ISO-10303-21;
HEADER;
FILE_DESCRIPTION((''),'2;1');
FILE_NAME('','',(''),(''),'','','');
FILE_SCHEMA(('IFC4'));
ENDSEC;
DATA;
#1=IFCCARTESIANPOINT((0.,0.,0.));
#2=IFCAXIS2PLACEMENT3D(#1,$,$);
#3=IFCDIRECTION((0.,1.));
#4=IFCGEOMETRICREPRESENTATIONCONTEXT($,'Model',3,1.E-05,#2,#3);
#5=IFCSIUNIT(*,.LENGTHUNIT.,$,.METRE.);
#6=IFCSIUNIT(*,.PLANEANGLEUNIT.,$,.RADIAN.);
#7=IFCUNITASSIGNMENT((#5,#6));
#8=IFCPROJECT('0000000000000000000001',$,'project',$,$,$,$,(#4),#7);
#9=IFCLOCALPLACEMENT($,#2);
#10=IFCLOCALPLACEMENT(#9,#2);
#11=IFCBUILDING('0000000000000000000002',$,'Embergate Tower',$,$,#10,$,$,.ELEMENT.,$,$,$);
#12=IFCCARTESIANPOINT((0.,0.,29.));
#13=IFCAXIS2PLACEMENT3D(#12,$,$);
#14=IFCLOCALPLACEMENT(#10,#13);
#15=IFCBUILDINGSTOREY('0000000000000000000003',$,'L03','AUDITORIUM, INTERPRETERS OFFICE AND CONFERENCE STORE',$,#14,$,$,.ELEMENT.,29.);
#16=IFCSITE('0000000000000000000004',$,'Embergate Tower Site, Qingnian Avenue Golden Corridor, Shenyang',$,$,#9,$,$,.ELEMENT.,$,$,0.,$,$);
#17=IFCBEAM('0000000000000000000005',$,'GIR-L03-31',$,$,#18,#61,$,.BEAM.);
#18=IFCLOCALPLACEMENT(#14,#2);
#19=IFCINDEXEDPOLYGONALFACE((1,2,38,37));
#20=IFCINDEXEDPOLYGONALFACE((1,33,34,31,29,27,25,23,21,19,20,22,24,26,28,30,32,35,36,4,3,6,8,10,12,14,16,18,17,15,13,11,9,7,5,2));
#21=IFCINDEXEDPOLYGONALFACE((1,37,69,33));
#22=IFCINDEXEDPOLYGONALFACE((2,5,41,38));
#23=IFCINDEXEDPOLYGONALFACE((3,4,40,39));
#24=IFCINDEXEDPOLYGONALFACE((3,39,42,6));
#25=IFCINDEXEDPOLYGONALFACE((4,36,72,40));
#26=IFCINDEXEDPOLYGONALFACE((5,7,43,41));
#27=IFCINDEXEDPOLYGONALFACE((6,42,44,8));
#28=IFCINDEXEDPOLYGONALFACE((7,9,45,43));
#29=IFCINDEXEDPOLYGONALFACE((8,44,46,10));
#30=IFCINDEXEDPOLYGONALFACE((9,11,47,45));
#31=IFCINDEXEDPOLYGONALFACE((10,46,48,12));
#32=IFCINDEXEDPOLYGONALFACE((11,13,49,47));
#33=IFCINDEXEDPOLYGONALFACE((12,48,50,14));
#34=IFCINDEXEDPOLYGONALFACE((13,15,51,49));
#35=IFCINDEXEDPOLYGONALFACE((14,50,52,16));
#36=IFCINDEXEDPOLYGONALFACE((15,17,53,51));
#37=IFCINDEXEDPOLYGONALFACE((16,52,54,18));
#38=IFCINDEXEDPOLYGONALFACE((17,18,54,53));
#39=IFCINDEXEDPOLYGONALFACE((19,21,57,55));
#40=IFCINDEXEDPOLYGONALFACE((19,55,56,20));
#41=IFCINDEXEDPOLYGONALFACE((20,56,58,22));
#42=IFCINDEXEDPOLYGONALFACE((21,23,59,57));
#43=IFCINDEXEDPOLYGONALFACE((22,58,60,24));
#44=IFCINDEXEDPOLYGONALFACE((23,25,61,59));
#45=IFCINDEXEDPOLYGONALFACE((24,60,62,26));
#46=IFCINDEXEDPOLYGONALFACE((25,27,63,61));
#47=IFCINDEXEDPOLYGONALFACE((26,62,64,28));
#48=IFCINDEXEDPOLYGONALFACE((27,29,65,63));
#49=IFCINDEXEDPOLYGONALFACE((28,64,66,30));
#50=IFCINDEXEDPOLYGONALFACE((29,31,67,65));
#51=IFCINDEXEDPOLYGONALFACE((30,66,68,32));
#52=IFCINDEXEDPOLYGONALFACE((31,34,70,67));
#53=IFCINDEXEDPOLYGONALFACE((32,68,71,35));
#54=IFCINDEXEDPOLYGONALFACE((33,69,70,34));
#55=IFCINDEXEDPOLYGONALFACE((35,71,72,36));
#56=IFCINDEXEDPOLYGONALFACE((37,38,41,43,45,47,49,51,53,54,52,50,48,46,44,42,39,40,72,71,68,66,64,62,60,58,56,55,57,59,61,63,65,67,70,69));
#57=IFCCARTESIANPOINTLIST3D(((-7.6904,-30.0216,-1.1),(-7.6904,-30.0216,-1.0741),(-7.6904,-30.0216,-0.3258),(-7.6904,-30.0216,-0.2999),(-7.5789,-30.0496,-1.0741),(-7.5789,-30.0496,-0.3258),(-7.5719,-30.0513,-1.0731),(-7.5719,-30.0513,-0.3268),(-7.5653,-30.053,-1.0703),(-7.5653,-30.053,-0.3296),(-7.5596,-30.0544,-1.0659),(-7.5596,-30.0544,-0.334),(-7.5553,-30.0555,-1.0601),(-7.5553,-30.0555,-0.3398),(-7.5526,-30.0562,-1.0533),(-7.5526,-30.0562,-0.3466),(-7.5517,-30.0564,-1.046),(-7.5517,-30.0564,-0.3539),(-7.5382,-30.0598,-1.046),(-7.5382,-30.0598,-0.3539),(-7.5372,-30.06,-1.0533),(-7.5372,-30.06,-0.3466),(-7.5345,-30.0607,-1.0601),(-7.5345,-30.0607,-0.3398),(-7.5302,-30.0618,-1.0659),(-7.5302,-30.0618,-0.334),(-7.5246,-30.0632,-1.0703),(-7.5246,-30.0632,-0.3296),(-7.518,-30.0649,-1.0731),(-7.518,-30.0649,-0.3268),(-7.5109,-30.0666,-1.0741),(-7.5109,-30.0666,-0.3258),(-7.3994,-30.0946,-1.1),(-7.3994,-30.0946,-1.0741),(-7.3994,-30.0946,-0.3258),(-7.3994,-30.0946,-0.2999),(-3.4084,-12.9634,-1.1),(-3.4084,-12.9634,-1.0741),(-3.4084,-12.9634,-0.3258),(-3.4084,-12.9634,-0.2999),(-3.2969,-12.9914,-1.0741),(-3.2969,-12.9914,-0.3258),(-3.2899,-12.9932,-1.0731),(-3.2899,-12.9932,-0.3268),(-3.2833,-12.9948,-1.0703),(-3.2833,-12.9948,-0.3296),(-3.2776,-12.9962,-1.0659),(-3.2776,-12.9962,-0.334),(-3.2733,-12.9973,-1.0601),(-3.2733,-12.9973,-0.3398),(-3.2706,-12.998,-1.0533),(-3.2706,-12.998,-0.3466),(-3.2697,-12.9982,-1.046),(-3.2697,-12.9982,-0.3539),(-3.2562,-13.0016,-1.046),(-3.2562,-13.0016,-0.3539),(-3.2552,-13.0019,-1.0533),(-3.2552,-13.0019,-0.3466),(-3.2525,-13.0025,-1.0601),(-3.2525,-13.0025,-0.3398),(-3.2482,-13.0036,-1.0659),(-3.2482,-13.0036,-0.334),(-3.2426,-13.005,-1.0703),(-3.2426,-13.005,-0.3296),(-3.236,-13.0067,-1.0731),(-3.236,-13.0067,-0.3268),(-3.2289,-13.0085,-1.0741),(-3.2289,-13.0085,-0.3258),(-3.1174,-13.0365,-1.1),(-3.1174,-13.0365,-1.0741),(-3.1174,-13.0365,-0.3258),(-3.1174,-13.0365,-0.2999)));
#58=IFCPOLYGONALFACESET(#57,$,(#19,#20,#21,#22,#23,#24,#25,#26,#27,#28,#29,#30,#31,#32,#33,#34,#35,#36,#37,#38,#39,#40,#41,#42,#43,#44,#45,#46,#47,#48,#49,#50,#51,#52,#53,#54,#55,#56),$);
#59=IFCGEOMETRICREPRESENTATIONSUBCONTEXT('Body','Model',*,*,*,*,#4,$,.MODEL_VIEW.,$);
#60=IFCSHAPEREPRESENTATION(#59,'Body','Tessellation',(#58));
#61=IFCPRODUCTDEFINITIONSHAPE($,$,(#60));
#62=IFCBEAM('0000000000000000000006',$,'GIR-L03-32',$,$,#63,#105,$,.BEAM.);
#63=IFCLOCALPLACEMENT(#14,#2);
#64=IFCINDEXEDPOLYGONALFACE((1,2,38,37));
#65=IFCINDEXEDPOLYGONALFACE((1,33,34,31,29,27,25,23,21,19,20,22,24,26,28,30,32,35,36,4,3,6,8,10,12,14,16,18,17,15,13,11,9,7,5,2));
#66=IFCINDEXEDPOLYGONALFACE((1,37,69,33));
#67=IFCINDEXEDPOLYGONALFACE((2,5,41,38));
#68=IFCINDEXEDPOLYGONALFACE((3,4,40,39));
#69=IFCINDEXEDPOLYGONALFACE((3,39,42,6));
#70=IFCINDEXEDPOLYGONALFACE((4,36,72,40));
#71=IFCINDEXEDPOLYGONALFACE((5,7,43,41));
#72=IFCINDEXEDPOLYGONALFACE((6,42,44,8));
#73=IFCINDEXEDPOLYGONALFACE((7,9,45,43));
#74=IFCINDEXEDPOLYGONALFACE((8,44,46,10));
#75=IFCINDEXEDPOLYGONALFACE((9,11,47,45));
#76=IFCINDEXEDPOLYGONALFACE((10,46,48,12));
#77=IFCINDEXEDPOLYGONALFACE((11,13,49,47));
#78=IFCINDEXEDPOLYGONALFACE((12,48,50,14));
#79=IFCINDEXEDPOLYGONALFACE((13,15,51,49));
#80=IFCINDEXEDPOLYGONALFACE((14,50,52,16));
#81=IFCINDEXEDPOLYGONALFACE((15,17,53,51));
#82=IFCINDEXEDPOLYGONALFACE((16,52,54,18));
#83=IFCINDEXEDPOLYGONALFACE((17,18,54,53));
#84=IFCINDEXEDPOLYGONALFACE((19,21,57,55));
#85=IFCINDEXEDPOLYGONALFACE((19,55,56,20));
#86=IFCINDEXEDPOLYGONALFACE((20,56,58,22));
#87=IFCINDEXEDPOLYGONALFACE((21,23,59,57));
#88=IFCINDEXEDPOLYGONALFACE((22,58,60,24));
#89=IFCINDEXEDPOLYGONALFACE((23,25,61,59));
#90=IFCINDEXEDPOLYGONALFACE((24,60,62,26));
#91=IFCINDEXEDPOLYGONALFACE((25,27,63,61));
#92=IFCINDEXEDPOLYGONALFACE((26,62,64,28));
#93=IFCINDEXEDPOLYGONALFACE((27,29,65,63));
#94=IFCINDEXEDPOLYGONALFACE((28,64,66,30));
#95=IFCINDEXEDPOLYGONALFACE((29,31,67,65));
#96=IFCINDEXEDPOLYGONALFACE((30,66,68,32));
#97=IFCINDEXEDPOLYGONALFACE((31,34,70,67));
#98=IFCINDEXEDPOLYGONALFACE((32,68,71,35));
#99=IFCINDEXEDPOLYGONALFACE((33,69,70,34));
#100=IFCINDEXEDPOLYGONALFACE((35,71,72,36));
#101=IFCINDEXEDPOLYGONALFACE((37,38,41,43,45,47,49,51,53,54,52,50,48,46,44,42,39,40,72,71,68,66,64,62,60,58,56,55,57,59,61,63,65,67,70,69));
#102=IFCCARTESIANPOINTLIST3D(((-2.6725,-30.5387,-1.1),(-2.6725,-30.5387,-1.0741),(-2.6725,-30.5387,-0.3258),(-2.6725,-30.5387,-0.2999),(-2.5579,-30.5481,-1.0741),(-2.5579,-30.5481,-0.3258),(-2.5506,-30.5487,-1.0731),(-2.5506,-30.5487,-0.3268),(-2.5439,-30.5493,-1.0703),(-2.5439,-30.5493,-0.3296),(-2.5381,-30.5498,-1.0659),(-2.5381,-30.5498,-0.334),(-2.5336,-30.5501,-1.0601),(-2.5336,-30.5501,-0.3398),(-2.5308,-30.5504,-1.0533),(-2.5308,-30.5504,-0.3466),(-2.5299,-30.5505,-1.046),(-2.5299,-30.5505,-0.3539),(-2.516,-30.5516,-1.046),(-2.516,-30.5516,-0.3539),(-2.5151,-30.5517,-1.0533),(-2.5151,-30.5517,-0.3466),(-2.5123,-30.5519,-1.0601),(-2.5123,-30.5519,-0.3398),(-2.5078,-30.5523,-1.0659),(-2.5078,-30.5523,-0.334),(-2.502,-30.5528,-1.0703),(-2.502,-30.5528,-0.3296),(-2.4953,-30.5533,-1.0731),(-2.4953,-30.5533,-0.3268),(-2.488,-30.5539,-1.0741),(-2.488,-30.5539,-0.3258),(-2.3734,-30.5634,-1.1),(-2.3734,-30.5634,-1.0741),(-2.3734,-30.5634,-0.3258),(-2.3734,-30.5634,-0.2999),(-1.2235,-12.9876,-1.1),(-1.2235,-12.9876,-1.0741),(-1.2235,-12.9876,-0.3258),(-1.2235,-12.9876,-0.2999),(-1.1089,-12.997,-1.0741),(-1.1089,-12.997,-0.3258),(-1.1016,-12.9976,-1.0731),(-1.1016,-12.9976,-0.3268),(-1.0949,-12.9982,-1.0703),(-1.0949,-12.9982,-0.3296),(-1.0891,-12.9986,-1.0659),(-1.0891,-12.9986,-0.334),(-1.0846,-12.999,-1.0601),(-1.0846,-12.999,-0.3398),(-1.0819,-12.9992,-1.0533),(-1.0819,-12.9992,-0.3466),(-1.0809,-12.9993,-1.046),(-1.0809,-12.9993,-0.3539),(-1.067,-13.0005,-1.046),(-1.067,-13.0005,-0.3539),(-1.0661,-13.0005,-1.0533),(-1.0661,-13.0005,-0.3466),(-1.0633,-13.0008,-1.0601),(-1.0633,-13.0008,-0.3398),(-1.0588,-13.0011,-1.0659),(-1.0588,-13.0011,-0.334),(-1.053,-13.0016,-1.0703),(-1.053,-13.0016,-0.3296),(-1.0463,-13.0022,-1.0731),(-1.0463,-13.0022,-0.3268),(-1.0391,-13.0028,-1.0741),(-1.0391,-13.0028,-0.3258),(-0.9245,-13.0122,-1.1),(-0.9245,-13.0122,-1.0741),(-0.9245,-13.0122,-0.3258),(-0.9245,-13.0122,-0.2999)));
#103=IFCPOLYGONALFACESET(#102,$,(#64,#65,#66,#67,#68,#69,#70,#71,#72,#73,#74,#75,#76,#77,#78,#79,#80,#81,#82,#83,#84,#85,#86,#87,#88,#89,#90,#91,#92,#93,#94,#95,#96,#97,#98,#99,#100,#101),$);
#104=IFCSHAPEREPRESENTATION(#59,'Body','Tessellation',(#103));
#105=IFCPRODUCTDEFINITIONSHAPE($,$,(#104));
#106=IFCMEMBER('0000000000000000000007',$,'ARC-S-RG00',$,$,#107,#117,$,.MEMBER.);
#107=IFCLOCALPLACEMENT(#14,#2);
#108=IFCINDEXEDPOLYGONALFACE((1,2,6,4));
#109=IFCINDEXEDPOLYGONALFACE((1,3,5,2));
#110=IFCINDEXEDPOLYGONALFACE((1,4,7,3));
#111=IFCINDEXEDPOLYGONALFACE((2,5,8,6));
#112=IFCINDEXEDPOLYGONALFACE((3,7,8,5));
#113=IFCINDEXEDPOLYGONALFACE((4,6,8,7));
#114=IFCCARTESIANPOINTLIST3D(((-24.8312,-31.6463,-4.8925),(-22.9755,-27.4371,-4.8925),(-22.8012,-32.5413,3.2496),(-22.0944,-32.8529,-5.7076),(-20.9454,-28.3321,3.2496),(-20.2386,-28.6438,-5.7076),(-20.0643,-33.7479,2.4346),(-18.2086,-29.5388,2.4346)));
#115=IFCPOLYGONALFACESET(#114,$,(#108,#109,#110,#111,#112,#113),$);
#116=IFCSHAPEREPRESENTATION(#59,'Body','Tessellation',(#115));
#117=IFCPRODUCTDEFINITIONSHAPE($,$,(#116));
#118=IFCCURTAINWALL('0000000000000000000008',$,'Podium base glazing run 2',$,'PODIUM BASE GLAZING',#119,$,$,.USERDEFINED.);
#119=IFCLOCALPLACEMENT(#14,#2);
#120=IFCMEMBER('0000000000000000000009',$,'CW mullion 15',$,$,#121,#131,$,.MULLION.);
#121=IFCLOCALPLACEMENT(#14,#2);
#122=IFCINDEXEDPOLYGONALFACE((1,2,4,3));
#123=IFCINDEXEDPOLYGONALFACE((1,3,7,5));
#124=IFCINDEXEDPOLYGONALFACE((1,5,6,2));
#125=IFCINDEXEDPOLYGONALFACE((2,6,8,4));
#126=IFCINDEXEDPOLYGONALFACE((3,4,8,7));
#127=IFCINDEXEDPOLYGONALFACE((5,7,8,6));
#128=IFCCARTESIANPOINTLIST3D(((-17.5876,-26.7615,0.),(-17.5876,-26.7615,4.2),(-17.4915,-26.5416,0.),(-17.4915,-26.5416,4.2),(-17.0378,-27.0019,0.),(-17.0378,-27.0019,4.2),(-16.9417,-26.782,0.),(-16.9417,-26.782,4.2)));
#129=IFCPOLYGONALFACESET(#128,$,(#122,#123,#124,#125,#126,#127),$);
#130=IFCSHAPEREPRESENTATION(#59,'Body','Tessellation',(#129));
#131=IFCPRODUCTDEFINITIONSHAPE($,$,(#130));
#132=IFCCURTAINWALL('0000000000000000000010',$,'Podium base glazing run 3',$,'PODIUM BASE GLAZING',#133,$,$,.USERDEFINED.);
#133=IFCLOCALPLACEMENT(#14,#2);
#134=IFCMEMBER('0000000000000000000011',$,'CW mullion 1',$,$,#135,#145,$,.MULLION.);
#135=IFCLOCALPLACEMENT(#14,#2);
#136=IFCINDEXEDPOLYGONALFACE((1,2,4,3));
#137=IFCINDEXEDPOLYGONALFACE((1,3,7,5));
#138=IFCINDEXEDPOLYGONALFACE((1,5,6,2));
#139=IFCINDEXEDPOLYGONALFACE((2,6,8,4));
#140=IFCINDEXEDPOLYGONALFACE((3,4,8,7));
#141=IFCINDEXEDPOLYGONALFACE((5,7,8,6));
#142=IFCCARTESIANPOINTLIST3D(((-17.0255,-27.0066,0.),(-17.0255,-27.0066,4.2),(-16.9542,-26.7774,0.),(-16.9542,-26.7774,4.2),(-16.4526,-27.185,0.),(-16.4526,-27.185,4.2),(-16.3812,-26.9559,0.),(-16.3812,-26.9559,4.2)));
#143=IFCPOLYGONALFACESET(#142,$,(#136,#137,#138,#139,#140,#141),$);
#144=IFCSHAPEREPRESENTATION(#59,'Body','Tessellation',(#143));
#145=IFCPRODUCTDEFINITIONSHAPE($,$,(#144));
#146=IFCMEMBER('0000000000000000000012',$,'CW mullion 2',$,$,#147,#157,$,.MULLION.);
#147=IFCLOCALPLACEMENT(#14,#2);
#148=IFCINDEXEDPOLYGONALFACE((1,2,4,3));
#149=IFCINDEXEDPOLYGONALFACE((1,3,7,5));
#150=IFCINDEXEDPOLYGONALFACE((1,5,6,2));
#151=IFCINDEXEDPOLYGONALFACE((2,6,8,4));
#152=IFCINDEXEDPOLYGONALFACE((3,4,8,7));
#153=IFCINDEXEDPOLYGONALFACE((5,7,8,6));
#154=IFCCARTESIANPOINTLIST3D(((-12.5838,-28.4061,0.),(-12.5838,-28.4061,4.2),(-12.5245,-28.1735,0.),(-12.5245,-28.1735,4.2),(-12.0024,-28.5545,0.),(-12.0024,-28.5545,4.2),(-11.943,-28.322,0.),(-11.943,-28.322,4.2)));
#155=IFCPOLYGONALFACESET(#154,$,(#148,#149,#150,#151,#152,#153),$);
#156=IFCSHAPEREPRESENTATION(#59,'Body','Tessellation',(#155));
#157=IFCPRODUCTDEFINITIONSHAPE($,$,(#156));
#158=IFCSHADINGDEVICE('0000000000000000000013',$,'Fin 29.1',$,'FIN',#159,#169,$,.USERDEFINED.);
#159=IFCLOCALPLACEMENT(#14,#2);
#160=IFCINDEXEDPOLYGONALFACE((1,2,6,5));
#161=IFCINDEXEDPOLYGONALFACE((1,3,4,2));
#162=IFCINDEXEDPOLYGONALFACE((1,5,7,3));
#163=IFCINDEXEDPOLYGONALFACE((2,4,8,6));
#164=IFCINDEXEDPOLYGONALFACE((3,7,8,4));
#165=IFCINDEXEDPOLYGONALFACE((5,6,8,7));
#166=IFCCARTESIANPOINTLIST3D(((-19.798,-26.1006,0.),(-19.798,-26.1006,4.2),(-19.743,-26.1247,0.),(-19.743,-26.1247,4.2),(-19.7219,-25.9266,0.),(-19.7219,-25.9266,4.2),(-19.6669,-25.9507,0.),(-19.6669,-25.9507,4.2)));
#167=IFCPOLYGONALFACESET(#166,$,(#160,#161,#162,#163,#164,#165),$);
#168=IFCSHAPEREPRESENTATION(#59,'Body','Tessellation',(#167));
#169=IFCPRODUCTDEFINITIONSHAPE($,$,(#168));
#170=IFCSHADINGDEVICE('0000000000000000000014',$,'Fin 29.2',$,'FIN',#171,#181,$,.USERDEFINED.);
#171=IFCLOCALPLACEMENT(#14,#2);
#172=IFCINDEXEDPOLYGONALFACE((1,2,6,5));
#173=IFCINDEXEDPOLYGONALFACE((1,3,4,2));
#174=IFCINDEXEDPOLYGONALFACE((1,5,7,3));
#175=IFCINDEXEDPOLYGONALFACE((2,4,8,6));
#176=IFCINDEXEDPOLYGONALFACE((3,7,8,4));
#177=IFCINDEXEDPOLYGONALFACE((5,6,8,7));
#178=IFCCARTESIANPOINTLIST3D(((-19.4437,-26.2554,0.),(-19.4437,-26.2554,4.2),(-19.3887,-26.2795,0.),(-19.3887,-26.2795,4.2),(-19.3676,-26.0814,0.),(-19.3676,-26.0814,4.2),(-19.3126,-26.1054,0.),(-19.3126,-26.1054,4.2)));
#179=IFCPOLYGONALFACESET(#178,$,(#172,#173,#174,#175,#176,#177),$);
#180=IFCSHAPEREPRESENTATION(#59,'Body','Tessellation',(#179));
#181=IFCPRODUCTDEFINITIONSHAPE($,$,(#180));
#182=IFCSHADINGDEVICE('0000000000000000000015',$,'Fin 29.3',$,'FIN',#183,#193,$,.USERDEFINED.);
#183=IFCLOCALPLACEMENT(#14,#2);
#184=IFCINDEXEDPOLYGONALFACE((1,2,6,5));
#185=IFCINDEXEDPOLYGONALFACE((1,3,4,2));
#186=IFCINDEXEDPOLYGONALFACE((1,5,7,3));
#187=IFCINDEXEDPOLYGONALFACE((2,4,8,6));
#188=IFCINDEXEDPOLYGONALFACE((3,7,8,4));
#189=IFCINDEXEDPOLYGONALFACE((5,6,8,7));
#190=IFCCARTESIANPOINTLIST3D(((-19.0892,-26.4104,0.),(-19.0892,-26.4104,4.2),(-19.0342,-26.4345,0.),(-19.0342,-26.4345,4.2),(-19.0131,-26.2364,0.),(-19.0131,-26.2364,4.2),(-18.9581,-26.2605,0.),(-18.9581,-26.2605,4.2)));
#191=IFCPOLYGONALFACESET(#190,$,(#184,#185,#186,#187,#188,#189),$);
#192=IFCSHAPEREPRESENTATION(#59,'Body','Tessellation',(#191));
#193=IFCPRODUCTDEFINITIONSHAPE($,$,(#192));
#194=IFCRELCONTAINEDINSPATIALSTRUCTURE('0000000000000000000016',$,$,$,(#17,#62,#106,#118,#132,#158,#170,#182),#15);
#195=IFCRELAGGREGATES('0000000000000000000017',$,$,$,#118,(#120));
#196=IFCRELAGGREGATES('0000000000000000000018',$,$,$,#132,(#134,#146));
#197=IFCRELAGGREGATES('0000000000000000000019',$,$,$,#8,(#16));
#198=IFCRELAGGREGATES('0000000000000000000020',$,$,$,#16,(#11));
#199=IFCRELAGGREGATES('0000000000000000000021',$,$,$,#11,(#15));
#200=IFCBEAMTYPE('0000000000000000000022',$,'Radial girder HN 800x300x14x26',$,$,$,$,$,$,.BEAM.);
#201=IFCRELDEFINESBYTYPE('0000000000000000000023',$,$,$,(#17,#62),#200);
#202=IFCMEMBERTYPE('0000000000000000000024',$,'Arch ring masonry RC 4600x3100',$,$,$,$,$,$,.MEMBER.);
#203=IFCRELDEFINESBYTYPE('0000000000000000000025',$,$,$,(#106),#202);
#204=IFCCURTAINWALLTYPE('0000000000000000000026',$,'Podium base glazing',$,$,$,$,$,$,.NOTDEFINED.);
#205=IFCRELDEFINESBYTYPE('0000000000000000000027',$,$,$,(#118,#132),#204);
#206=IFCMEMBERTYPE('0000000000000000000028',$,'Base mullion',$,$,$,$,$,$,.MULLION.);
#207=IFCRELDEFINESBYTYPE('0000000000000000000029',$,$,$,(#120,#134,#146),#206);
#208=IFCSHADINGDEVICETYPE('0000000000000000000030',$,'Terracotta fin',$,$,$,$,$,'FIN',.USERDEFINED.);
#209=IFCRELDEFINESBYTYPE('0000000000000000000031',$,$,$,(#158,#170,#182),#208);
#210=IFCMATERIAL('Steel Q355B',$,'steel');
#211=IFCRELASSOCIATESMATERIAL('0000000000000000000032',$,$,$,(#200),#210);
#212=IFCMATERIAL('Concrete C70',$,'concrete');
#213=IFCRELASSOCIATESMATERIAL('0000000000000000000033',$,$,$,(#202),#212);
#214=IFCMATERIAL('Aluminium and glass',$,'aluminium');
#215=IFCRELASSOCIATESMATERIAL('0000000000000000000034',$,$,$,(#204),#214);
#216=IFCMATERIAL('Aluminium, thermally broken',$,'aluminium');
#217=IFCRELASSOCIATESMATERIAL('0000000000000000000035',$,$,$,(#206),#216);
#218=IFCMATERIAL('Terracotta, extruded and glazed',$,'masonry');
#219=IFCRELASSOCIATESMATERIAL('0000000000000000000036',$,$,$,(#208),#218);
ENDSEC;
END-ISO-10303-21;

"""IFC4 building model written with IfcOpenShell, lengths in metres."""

from ifc_helpers import new_model, si_unit, direction, frame, origin, origin_2d, place, context, subcontext, project, spatial, rectangle, i_section, extrude, source, transform, mapped, material, material_profile, profile_set, type_object, element, aggregate, save


model = new_model("IFC4")

# Units and contexts
model_context = context("Model", 3, precision=1e-05, world=origin(), true_north=direction((0.0, 1.0)))
body_context = subcontext(model_context, "Body", "Model", "MODEL_VIEW")
ifc_project = project(units=[si_unit("LENGTHUNIT", "METRE"), si_unit("PLANEANGLEUNIT", "RADIAN")], contexts=[model_context])

# Site, building, storey
site_placement = place(None, origin())
site = spatial("IfcSite", under=ifc_project, at=site_placement, Name="Embergate Tower Site, Qingnian Avenue Golden Corridor, Shenyang", CompositionType="ELEMENT", RefElevation=0.0)
building_placement = place(site_placement, origin())
building = spatial("IfcBuilding", under=site, at=building_placement, Name="Embergate Tower", CompositionType="ELEMENT")
storey_placement = place(building_placement, frame((0.0, 0.0, 29.0)))
storey = spatial("IfcBuildingStorey", under=building, at=storey_placement, Name="L03", Description="AUDITORIUM, INTERPRETERS OFFICE AND CONFERENCE STORE", CompositionType="ELEMENT", Elevation=29.0)

# Shared definitions
ifc_material_1 = material(Name="Concrete C70", Category="concrete")

# Beams
ifc_material_2 = material(Name="Steel Q355B", Category="steel")
ifc_material_profile_1 = material_profile(ifc_material_2, i_section(OverallWidth=0.3, OverallDepth=0.8, WebThickness=0.0139, FlangeThickness=0.0259, FilletRadius=0.0281, at=origin_2d()), Name="HN 800x300x14x26")
ifc_profile_set_1 = profile_set([ifc_material_profile_1], Name="Steel Q355 grade B")
beam_type_1 = type_object("IfcBeamType", Name="Radial girder HN 800x300x14x26", PredefinedType="BEAM", material=ifc_profile_set_1)
shared_shape_1 = source(origin(), body_context, "Body", "SweptSolid", [
    extrude(i_section(OverallWidth=0.3, OverallDepth=0.8, WebThickness=0.0139, FlangeThickness=0.0259, FilletRadius=0.0281, at=origin_2d()), origin(), (0.0, 0.0, 1.0), 17.5874),
])
beam_1_placement = place(storey_placement, frame((-7.5449, -30.0581, -0.7), z_axis=(0.24347, 0.969909, 0.0), x_axis=(-0.969909, 0.24347, 0.0)))
element("IfcBeam", 1, at=beam_1_placement, inside=storey, type_object=beam_type_1, Name="GIR-L03-31", PredefinedType="BEAM", context=body_context, shape_type="MappedRepresentation", body=[
    mapped(shared_shape_1, transform((0.0, 0.0, 0.0))),
])
shared_shape_2 = source(origin(), body_context, "Body", "SweptSolid", [
    extrude(i_section(OverallWidth=0.3, OverallDepth=0.8, WebThickness=0.0139, FlangeThickness=0.0259, FilletRadius=0.0281, at=origin_2d()), origin(), (0.0, 0.0, 1.0), 17.6108),
])
beam_2_placement = place(storey_placement, frame((-2.5229, -30.551, -0.7), z_axis=(0.082278, 0.996609, 0.0), x_axis=(-0.996609, 0.082278, 0.0)))
element("IfcBeam", 2, at=beam_2_placement, inside=storey, type_object=beam_type_1, Name="GIR-L03-32", PredefinedType="BEAM", context=body_context, shape_type="MappedRepresentation", body=[
    mapped(shared_shape_2, transform((0.0, 0.0, 0.0))),
])

# Member
ifc_material_profile_2 = material_profile(ifc_material_1, rectangle(XDim=4.6001, YDim=3.1001, at=origin_2d()), Name="RC 4600x3100")
ifc_profile_set_2 = profile_set([ifc_material_profile_2], Name="Concrete C70")
member_type_1 = type_object("IfcMemberType", Name="Arch ring masonry RC 4600x3100", PredefinedType="MEMBER", material=ifc_profile_set_2)
shared_shape_3 = source(origin(), body_context, "Body", "SweptSolid", [
    extrude(rectangle(XDim=4.6001, YDim=3.1001, at=origin_2d()), origin(), (0.0, 0.0, 1.0), 8.439),
])
member_1_placement = place(storey_placement, frame((-22.5349, -30.145, -5.3), z_axis=(0.240555, -0.106058, 0.964824), x_axis=(0.403421, 0.915015, 0.0)))
element("IfcMember", 3, at=member_1_placement, inside=storey, type_object=member_type_1, Name="ARC-S-RG00", PredefinedType="MEMBER", context=body_context, shape_type="MappedRepresentation", body=[
    mapped(shared_shape_3, transform((0.0, 0.0, 0.0))),
])

# Curtain wall, member
ifc_material_3 = material(Name="Aluminium and glass", Category="aluminium")
curtain_wall_type = type_object("IfcCurtainWallType", Name="Podium base glazing", PredefinedType="NOTDEFINED", material=ifc_material_3)
curtain_wall_1_placement = place(storey_placement, origin())
curtain_wall_1 = element("IfcCurtainWall", 4, at=curtain_wall_1_placement, inside=storey, type_object=curtain_wall_type, Name="Podium base glazing run 2", ObjectType="PODIUM BASE GLAZING", PredefinedType="USERDEFINED")
ifc_material_4 = material(Name="Aluminium, thermally broken", Category="aluminium")
ifc_material_profile_3 = material_profile(ifc_material_4, rectangle(XDim=0.24, YDim=0.6001, at=origin_2d()), Name="AL 600x240")
ifc_profile_set_3 = profile_set([ifc_material_profile_3], Name="Aluminium, thermally broken")
member_type_2 = type_object("IfcMemberType", Name="Base mullion", PredefinedType="MULLION", material=ifc_profile_set_3)
shared_shape_4 = source(origin(), body_context, "Body", "SweptSolid", [
    extrude(rectangle(XDim=0.24, YDim=0.6001, at=origin_2d()), origin(), (0.0, 0.0, 1.0), 4.2),
])
member_2_placement = place(storey_placement, frame((-17.2646, -26.7717, 0.0), z_axis=(0.0, 0.0, 1.0), x_axis=(0.400648, 0.916232, 0.0)))
member_2 = element("IfcMember", 5, at=member_2_placement, type_object=member_type_2, Name="CW mullion 15", PredefinedType="MULLION", context=body_context, shape_type="MappedRepresentation", body=[
    mapped(shared_shape_4, transform((0.0, 0.0, 0.0))),
])
aggregate(curtain_wall_1, [member_2])

# Curtain wall, members
curtain_wall_2_placement = place(storey_placement, origin())
curtain_wall_2 = element("IfcCurtainWall", 6, at=curtain_wall_2_placement, inside=storey, type_object=curtain_wall_type, Name="Podium base glazing run 3", ObjectType="PODIUM BASE GLAZING", PredefinedType="USERDEFINED")
member_3_placement = place(storey_placement, frame((-16.7034, -26.9812, 0.0), z_axis=(0.0, 0.0, 1.0), x_axis=(0.297347, 0.95477, 0.0)))
member_3 = element("IfcMember", 7, at=member_3_placement, type_object=member_type_2, Name="CW mullion 1", PredefinedType="MULLION", context=body_context, shape_type="MappedRepresentation", body=[
    mapped(shared_shape_4, transform((0.0, 0.0, 0.0))),
])
member_4_placement = place(storey_placement, frame((-12.2634, -28.364, 0.0), z_axis=(0.0, 0.0, 1.0), x_axis=(0.247317, 0.968935, 0.0)))
member_4 = element("IfcMember", 8, at=member_4_placement, type_object=member_type_2, Name="CW mullion 2", PredefinedType="MULLION", context=body_context, shape_type="MappedRepresentation", body=[
    mapped(shared_shape_4, transform((0.0, 0.0, 0.0))),
])
aggregate(curtain_wall_2, [member_3, member_4])

# Shading devices
ifc_material_5 = material(Name="Terracotta, extruded and glazed", Category="masonry")
ifc_material_profile_4 = material_profile(ifc_material_5, rectangle(XDim=0.1899, YDim=0.0601, at=origin_2d()), Name="TC 190x60")
ifc_profile_set_4 = profile_set([ifc_material_profile_4], Name="Terracotta, extruded and glazed")
shading_device_type = type_object("IfcShadingDeviceType", Name="Terracotta fin", ElementType="FIN", PredefinedType="USERDEFINED", material=ifc_profile_set_4)
shared_shape_5 = source(origin(), body_context, "Body", "SweptSolid", [
    extrude(rectangle(XDim=0.1899, YDim=0.0601, at=origin_2d()), origin(), (0.0, 0.0, 1.0), 4.2),
])
for number, where, z_axis, x_axis, name in (
    (9, (-19.7324, -26.0256, 0.0), (0.0, 0.0, 1.0), (0.400648, 0.916232, 0.0), "Fin 29.1"),
    (10, (-19.3782, -26.1804, 0.0), (0.0, 0.0, 1.0), (0.400648, 0.916232, 0.0), "Fin 29.2"),
    (11, (-19.0237, -26.3354, 0.0), (0.0, 0.0, 1.0), (0.400648, 0.916232, 0.0), "Fin 29.3"),
):
    element("IfcShadingDevice", number, at=place(storey_placement, frame(where, z_axis=z_axis, x_axis=x_axis)), inside=storey, type_object=shading_device_type, Name=name, ObjectType="FIN", PredefinedType="USERDEFINED", context=body_context, shape_type="MappedRepresentation", body=[
        mapped(shared_shape_5, transform((0.0, 0.0, 0.0))),
    ])

save(model, "model.ifc")
